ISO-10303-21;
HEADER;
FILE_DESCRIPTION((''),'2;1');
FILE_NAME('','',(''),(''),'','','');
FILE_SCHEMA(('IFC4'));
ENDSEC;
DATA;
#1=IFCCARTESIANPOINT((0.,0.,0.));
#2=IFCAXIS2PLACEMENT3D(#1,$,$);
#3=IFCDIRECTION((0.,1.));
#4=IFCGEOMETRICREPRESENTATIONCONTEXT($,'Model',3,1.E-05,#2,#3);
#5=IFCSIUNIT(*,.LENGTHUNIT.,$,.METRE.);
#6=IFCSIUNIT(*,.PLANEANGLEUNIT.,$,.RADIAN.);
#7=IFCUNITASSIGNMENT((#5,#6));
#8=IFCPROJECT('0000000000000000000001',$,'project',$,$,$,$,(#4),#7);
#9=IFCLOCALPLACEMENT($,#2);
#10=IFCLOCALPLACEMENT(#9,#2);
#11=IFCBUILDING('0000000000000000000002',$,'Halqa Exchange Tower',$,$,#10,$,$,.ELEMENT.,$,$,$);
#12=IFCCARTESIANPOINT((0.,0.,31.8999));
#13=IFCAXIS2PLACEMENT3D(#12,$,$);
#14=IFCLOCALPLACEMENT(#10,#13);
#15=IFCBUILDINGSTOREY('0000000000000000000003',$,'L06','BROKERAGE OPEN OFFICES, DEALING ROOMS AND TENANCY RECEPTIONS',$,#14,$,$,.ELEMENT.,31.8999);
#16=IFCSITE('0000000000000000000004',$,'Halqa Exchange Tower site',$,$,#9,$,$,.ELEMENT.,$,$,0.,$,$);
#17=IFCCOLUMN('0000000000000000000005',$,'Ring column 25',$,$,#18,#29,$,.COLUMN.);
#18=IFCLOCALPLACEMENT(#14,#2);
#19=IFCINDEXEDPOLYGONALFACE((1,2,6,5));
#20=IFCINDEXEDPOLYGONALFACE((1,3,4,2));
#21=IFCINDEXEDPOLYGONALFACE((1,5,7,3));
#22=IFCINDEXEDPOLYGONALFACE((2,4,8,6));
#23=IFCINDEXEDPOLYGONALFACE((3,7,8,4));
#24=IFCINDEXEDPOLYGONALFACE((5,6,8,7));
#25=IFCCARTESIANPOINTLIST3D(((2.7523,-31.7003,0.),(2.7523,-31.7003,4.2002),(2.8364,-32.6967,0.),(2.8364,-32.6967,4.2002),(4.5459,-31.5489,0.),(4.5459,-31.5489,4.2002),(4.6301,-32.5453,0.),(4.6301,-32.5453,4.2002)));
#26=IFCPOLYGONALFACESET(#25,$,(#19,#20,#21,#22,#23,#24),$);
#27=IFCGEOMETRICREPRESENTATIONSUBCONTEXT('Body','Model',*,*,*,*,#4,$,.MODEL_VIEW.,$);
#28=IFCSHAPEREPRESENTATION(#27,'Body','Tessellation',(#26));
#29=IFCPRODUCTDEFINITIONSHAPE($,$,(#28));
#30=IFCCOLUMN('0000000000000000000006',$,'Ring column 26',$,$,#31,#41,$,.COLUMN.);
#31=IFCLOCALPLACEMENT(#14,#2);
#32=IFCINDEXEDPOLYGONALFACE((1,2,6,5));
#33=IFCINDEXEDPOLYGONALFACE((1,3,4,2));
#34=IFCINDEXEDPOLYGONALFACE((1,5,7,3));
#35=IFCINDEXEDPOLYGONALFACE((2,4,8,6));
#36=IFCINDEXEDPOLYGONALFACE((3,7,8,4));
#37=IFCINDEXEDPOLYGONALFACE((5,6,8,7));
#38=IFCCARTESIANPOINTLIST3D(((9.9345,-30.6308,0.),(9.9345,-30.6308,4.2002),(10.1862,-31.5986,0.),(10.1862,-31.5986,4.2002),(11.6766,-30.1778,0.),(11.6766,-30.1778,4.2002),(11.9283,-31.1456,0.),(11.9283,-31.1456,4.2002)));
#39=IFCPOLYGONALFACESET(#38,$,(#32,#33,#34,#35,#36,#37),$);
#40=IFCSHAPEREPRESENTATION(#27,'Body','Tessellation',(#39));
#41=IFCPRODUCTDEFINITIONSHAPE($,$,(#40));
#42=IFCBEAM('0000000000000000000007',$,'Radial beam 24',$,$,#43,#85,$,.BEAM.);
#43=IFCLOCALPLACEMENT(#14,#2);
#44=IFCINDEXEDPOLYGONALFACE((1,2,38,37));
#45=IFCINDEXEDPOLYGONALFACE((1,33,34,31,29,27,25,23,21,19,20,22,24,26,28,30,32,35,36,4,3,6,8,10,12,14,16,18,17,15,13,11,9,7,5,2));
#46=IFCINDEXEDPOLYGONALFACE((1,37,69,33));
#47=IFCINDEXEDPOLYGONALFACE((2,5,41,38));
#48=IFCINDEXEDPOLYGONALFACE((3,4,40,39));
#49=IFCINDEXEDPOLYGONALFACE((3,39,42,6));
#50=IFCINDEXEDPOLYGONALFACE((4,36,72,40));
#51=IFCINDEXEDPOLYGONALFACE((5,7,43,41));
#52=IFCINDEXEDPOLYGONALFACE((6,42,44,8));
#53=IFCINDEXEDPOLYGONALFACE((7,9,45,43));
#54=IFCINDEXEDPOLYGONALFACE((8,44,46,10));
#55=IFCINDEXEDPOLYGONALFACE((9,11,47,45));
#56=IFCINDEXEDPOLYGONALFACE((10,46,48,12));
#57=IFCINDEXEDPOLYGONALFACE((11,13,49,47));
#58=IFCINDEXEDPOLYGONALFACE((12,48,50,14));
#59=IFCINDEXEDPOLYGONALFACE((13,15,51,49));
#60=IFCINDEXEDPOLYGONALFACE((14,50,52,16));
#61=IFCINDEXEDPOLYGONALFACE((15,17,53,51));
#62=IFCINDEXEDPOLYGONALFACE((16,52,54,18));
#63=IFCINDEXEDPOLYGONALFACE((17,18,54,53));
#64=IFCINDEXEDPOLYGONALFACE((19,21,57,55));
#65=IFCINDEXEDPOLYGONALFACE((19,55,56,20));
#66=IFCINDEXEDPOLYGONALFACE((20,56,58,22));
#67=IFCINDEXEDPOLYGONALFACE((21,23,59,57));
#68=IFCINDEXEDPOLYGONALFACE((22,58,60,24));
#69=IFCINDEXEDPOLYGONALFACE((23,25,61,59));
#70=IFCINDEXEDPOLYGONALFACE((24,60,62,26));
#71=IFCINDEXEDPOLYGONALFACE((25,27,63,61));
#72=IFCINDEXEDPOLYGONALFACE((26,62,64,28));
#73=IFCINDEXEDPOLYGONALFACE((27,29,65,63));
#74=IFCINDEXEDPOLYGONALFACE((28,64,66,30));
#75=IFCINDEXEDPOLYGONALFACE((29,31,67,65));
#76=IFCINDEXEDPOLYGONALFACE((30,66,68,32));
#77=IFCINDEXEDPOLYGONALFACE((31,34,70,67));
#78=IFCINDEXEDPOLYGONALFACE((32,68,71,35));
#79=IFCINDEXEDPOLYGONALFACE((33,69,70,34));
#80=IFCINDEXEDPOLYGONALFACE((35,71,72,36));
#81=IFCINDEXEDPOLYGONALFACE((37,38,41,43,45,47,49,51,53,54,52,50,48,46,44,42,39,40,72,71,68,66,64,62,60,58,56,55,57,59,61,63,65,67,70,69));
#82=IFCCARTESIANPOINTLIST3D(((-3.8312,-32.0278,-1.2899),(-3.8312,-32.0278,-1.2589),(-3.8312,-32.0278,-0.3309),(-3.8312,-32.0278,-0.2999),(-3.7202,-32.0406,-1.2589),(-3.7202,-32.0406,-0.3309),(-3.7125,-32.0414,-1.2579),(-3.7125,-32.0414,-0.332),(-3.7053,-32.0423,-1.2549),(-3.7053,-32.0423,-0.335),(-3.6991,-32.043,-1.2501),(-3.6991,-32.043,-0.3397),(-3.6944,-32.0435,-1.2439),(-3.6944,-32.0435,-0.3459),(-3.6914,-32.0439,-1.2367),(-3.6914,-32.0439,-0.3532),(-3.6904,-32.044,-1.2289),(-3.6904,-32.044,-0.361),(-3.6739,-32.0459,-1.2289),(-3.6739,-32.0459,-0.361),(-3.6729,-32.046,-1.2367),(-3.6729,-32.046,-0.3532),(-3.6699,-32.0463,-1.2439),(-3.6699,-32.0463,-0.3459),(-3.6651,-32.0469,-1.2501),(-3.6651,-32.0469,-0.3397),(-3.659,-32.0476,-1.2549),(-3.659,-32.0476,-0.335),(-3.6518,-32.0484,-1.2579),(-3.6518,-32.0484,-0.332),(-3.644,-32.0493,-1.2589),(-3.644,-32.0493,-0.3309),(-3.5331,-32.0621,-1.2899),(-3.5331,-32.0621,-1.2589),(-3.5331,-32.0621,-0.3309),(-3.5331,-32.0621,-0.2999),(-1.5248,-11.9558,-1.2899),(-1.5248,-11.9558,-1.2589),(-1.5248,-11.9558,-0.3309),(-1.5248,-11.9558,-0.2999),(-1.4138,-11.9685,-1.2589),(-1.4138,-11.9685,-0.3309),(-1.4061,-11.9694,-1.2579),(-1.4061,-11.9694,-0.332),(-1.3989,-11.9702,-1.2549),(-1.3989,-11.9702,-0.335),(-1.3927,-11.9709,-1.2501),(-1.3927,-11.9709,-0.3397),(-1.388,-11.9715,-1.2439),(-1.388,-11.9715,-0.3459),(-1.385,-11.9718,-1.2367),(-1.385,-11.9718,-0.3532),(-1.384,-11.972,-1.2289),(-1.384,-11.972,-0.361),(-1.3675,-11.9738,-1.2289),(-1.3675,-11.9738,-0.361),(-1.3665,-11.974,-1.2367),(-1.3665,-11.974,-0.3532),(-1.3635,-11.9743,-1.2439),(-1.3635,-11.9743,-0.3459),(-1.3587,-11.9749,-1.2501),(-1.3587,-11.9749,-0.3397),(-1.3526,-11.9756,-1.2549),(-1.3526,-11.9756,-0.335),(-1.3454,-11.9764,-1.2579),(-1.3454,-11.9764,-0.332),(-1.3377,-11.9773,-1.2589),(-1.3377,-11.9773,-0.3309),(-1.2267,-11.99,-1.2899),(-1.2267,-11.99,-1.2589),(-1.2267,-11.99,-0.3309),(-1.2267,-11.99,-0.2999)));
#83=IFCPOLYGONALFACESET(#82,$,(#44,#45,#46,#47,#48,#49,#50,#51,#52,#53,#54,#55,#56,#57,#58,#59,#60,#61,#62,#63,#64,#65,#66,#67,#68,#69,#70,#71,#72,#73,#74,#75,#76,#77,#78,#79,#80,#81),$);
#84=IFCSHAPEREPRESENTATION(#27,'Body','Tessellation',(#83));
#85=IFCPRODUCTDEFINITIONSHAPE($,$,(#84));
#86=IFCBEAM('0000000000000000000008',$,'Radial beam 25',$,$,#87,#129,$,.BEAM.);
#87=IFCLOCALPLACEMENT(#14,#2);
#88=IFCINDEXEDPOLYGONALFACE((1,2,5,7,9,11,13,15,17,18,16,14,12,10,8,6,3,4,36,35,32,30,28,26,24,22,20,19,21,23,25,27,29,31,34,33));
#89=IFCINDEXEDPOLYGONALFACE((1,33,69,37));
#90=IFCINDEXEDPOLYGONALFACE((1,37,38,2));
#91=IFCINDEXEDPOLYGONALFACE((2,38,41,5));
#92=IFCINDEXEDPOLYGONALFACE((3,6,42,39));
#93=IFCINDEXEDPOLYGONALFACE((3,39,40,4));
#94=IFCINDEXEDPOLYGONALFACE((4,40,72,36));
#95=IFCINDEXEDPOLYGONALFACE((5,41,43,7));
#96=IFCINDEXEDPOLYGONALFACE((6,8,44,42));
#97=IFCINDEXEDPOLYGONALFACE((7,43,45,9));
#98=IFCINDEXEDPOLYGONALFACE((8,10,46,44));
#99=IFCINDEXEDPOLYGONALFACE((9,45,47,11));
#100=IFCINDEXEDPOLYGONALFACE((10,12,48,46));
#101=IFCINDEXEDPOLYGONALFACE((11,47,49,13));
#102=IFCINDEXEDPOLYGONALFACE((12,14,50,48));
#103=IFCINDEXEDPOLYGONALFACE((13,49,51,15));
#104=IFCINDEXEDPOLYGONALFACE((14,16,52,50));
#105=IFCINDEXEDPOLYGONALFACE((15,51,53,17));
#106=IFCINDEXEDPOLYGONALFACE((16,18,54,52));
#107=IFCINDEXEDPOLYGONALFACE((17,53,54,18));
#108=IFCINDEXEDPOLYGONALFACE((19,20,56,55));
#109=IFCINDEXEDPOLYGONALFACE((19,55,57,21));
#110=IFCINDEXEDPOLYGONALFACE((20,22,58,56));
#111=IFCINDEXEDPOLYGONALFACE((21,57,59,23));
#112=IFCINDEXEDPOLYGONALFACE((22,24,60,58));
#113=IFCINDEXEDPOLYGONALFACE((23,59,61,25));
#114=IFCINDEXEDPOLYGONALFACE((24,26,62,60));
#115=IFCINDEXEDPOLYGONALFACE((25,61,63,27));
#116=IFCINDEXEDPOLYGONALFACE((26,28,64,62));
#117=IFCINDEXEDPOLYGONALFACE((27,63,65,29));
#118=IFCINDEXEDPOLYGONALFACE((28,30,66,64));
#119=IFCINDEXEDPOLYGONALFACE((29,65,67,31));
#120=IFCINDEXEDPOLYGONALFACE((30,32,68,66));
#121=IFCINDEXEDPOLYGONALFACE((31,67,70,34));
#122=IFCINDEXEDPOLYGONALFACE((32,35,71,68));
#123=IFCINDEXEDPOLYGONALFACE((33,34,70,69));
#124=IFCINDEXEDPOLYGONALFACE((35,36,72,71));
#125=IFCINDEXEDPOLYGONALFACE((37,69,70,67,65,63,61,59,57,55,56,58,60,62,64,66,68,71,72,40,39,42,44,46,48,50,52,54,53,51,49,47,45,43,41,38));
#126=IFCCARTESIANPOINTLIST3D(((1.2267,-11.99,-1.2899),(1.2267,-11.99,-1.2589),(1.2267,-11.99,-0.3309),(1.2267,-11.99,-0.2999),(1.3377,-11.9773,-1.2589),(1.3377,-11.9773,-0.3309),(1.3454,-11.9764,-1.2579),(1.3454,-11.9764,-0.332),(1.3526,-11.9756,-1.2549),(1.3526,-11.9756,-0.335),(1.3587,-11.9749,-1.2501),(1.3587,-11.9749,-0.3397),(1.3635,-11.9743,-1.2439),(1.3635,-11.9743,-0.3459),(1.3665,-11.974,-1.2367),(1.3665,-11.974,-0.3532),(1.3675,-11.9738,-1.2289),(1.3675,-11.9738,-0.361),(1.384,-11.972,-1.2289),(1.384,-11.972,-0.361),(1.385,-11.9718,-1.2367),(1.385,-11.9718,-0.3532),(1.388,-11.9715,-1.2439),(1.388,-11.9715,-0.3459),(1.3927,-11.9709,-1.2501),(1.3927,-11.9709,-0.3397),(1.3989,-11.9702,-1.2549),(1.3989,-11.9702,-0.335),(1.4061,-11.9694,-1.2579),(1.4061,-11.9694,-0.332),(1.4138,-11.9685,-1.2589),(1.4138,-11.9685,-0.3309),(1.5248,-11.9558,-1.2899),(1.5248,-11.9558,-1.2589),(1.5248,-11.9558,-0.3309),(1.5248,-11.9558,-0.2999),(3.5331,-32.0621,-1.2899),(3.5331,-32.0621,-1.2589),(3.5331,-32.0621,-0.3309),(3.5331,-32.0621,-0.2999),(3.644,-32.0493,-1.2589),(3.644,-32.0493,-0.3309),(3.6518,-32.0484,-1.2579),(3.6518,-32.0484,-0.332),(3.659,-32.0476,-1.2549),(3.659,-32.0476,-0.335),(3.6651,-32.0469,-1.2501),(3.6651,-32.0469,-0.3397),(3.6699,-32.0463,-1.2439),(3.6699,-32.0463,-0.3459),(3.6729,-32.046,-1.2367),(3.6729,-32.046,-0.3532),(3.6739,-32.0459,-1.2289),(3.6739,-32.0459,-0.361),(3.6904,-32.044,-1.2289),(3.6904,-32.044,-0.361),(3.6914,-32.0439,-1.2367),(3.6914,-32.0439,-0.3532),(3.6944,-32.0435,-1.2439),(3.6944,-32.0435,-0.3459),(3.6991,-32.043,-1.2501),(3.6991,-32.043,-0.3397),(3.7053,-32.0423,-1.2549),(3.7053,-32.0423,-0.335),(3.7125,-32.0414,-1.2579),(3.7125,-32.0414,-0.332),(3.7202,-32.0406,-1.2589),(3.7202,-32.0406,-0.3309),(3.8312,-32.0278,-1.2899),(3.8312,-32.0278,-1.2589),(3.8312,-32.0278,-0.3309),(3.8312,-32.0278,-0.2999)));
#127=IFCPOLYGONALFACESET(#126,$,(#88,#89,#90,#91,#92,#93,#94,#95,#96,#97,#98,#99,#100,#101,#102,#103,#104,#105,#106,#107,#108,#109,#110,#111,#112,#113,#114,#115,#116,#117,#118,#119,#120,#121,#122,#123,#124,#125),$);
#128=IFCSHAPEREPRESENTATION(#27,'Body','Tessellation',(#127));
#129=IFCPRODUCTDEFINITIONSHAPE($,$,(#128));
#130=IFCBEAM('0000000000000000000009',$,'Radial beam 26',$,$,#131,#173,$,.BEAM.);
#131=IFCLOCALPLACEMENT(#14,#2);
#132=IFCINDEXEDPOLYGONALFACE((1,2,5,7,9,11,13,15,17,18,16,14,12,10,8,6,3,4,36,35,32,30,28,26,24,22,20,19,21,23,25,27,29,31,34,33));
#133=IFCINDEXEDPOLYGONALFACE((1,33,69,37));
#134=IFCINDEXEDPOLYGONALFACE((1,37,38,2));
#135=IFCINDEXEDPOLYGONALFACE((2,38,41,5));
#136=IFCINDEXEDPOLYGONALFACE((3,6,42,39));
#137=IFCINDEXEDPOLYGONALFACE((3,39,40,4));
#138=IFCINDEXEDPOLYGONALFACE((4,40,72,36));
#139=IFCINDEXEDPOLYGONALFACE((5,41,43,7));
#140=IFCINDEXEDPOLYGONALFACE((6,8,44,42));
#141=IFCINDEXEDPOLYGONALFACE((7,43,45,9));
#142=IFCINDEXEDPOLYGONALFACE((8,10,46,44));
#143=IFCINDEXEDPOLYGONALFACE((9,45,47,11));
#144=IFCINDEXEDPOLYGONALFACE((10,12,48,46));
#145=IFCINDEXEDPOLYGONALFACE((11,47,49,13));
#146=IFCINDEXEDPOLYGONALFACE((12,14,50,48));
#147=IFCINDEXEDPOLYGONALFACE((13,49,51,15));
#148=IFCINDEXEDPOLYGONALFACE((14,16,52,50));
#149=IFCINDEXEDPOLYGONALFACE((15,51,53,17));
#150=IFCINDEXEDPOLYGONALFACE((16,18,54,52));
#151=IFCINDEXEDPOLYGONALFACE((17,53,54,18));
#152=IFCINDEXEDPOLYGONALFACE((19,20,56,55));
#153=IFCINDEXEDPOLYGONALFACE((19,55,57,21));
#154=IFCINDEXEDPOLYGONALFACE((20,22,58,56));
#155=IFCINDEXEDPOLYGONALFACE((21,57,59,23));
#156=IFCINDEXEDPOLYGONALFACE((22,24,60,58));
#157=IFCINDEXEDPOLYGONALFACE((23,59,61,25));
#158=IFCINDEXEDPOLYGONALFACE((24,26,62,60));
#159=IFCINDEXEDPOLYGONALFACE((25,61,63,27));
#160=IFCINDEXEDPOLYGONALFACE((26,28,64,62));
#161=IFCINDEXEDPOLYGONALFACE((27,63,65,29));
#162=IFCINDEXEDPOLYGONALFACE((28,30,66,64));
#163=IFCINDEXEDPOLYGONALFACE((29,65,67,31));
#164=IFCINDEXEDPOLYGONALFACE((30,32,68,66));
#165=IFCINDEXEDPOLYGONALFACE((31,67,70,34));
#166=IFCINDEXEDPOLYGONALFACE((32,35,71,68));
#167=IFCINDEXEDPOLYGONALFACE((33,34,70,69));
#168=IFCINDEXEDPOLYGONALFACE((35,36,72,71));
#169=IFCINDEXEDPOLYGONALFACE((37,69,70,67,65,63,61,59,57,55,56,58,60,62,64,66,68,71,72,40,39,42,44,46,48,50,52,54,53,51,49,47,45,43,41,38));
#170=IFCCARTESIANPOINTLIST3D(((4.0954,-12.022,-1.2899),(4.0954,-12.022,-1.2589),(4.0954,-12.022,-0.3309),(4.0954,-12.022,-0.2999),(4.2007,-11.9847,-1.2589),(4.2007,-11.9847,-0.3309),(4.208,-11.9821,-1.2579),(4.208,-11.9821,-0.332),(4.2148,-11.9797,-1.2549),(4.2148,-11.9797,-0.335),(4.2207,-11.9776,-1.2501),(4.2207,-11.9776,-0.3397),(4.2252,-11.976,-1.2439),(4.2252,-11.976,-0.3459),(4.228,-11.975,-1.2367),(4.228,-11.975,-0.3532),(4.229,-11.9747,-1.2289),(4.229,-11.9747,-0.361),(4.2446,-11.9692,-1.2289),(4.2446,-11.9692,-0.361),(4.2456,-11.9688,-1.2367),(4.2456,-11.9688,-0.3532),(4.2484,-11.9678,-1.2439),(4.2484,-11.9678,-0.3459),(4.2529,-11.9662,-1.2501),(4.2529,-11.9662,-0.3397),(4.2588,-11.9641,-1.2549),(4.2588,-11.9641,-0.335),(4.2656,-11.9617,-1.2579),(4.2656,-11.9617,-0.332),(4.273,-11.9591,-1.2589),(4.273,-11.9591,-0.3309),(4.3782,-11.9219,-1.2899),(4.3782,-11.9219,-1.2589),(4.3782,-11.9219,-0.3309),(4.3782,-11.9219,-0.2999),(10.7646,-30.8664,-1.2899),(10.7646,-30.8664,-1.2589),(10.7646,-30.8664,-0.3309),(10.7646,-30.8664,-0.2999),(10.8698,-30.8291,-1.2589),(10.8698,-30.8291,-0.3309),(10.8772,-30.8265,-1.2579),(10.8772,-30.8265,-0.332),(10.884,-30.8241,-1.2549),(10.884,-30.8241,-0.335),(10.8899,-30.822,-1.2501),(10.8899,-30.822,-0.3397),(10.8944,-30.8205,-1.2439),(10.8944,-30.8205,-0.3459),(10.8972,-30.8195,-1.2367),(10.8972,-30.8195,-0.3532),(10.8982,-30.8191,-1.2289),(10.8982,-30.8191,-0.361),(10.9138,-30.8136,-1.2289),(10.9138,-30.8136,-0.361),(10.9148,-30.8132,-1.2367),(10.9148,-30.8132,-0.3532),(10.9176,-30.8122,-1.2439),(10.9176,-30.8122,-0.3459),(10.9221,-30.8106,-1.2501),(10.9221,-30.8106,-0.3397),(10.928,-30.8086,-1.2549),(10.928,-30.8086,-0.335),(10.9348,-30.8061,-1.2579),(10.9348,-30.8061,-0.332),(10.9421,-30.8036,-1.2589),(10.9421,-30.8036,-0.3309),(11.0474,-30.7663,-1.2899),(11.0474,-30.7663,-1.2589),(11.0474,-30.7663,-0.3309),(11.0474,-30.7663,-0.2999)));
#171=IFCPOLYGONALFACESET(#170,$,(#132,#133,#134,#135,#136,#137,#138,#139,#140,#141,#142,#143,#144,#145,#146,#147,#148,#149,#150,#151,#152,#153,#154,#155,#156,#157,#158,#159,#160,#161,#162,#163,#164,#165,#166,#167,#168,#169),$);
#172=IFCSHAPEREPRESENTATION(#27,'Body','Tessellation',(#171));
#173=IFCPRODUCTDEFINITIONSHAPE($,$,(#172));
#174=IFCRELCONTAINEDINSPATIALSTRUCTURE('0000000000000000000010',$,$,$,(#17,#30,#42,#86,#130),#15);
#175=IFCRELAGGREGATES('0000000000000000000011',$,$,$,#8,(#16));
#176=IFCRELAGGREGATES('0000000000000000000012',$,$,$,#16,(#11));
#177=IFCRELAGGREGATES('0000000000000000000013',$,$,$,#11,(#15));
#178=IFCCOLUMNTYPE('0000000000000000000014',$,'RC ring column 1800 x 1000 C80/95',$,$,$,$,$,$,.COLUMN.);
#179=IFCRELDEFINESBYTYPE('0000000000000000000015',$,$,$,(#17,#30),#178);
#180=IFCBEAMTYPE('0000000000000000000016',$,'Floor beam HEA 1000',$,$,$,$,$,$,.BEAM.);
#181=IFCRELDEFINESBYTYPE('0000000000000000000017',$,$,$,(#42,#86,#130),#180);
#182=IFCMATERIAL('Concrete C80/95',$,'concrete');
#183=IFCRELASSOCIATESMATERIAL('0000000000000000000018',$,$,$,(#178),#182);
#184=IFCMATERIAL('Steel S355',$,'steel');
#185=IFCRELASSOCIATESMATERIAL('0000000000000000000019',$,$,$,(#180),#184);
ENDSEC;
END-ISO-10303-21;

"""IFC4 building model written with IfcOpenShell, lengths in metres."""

from ifc_helpers import new_model, si_unit, direction, frame, origin, origin_2d, place, context, subcontext, project, spatial, rectangle, i_section, extrude, material, material_profile, profile_set, type_object, element, save


model = new_model("IFC4")

# Units and contexts
model_context = context("Model", 3, precision=1e-05, world=origin(), true_north=direction((0.0, 1.0)))
body_context = subcontext(model_context, "Body", "Model", "MODEL_VIEW")
ifc_project = project(units=[si_unit("LENGTHUNIT", "METRE"), si_unit("PLANEANGLEUNIT", "RADIAN")], contexts=[model_context])

# Site, building, storey
site_placement = place(None, origin())
site = spatial("IfcSite", under=ifc_project, at=site_placement, Name="Halqa Exchange Tower site", CompositionType="ELEMENT", RefElevation=0.0)
building_placement = place(site_placement, origin())
building = spatial("IfcBuilding", under=site, at=building_placement, Name="Halqa Exchange Tower", CompositionType="ELEMENT")
storey_placement = place(building_placement, frame((0.0, 0.0, 31.8999)))
storey = spatial("IfcBuildingStorey", under=building, at=storey_placement, Name="L06", Description="BROKERAGE OPEN OFFICES, DEALING ROOMS AND TENANCY RECEPTIONS", CompositionType="ELEMENT", Elevation=31.8999)

# Columns
ifc_material_1 = material(Name="Concrete C80/95", Category="concrete")
ifc_material_profile_1 = material_profile(ifc_material_1, rectangle(XDim=1.8, YDim=1.0, at=origin_2d()), Name="1800 x 1000")
ifc_profile_set_1 = profile_set([ifc_material_profile_1], Name="Concrete C80/95")
column_type = type_object("IfcColumnType", Name="RC ring column 1800 x 1000 C80/95", PredefinedType="COLUMN", material=ifc_profile_set_1)
for number, where, z_axis, x_axis, name in (
    (1, (3.6912, -32.1228, 0.0), (0.0, 0.0, 1.0), (0.996455, 0.084125, 0.0), "Ring column 25"),
    (2, (10.9314, -30.8882, 0.0), (0.0, 0.0, 1.0), (0.967819, 0.251647, 0.0), "Ring column 26"),
):
    element("IfcColumn", number, at=place(storey_placement, frame(where, z_axis=z_axis, x_axis=x_axis)), inside=storey, type_object=column_type, Name=name, PredefinedType="COLUMN", context=body_context, shape_type="SweptSolid", body=[
        extrude(rectangle(XDim=1.8, YDim=1.0, at=origin_2d()), origin(), (0.0, 0.0, 1.0), 4.2002),
    ])

# Beams
ifc_material_2 = material(Name="Steel S355", Category="steel")
ifc_material_profile_2 = material_profile(ifc_material_2, i_section(OverallWidth=0.3, OverallDepth=0.99, WebThickness=0.0166, FlangeThickness=0.031, FilletRadius=0.03, at=origin_2d()), Name="HEA 1000")
ifc_profile_set_2 = profile_set([ifc_material_profile_2], Name="Steel S355")
beam_type_1 = type_object("IfcBeamType", Name="Floor beam HEA 1000", PredefinedType="BEAM", material=ifc_profile_set_2)
for number, where, z_axis, x_axis, name in (
    (3, (-1.3757, -11.9729, -0.7949), (-0.114155, -0.993463, 0.0), (0.993463, -0.114155, 0.0), "Radial beam 24"),
    (4, (1.3757, -11.9729, -0.7949), (0.114155, -0.993463, 0.0), (0.993463, 0.114155, 0.0), "Radial beam 25"),
):
    element("IfcBeam", number, at=place(storey_placement, frame(where, z_axis=z_axis, x_axis=x_axis)), inside=storey, type_object=beam_type_1, Name=name, PredefinedType="BEAM", context=body_context, shape_type="SweptSolid", body=[
        extrude(i_section(OverallWidth=0.3, OverallDepth=0.99, WebThickness=0.0166, FlangeThickness=0.031, FilletRadius=0.03, at=origin_2d()), origin(), (0.0, 0.0, 1.0), 20.2041),
    ])
beam_1_placement = place(storey_placement, frame((4.2368, -11.9719, -0.7949), z_axis=(0.333629, -0.942704, 0.0), x_axis=(0.942704, 0.333629, 0.0)))
element("IfcBeam", 5, at=beam_1_placement, inside=storey, type_object=beam_type_1, Name="Radial beam 26", PredefinedType="BEAM", context=body_context, shape_type="SweptSolid", body=[
    extrude(i_section(OverallWidth=0.3, OverallDepth=0.99, WebThickness=0.0166, FlangeThickness=0.031, FilletRadius=0.03, at=origin_2d()), origin(), (0.0, 0.0, 1.0), 19.9897),
])

save(model, "model.ifc")
